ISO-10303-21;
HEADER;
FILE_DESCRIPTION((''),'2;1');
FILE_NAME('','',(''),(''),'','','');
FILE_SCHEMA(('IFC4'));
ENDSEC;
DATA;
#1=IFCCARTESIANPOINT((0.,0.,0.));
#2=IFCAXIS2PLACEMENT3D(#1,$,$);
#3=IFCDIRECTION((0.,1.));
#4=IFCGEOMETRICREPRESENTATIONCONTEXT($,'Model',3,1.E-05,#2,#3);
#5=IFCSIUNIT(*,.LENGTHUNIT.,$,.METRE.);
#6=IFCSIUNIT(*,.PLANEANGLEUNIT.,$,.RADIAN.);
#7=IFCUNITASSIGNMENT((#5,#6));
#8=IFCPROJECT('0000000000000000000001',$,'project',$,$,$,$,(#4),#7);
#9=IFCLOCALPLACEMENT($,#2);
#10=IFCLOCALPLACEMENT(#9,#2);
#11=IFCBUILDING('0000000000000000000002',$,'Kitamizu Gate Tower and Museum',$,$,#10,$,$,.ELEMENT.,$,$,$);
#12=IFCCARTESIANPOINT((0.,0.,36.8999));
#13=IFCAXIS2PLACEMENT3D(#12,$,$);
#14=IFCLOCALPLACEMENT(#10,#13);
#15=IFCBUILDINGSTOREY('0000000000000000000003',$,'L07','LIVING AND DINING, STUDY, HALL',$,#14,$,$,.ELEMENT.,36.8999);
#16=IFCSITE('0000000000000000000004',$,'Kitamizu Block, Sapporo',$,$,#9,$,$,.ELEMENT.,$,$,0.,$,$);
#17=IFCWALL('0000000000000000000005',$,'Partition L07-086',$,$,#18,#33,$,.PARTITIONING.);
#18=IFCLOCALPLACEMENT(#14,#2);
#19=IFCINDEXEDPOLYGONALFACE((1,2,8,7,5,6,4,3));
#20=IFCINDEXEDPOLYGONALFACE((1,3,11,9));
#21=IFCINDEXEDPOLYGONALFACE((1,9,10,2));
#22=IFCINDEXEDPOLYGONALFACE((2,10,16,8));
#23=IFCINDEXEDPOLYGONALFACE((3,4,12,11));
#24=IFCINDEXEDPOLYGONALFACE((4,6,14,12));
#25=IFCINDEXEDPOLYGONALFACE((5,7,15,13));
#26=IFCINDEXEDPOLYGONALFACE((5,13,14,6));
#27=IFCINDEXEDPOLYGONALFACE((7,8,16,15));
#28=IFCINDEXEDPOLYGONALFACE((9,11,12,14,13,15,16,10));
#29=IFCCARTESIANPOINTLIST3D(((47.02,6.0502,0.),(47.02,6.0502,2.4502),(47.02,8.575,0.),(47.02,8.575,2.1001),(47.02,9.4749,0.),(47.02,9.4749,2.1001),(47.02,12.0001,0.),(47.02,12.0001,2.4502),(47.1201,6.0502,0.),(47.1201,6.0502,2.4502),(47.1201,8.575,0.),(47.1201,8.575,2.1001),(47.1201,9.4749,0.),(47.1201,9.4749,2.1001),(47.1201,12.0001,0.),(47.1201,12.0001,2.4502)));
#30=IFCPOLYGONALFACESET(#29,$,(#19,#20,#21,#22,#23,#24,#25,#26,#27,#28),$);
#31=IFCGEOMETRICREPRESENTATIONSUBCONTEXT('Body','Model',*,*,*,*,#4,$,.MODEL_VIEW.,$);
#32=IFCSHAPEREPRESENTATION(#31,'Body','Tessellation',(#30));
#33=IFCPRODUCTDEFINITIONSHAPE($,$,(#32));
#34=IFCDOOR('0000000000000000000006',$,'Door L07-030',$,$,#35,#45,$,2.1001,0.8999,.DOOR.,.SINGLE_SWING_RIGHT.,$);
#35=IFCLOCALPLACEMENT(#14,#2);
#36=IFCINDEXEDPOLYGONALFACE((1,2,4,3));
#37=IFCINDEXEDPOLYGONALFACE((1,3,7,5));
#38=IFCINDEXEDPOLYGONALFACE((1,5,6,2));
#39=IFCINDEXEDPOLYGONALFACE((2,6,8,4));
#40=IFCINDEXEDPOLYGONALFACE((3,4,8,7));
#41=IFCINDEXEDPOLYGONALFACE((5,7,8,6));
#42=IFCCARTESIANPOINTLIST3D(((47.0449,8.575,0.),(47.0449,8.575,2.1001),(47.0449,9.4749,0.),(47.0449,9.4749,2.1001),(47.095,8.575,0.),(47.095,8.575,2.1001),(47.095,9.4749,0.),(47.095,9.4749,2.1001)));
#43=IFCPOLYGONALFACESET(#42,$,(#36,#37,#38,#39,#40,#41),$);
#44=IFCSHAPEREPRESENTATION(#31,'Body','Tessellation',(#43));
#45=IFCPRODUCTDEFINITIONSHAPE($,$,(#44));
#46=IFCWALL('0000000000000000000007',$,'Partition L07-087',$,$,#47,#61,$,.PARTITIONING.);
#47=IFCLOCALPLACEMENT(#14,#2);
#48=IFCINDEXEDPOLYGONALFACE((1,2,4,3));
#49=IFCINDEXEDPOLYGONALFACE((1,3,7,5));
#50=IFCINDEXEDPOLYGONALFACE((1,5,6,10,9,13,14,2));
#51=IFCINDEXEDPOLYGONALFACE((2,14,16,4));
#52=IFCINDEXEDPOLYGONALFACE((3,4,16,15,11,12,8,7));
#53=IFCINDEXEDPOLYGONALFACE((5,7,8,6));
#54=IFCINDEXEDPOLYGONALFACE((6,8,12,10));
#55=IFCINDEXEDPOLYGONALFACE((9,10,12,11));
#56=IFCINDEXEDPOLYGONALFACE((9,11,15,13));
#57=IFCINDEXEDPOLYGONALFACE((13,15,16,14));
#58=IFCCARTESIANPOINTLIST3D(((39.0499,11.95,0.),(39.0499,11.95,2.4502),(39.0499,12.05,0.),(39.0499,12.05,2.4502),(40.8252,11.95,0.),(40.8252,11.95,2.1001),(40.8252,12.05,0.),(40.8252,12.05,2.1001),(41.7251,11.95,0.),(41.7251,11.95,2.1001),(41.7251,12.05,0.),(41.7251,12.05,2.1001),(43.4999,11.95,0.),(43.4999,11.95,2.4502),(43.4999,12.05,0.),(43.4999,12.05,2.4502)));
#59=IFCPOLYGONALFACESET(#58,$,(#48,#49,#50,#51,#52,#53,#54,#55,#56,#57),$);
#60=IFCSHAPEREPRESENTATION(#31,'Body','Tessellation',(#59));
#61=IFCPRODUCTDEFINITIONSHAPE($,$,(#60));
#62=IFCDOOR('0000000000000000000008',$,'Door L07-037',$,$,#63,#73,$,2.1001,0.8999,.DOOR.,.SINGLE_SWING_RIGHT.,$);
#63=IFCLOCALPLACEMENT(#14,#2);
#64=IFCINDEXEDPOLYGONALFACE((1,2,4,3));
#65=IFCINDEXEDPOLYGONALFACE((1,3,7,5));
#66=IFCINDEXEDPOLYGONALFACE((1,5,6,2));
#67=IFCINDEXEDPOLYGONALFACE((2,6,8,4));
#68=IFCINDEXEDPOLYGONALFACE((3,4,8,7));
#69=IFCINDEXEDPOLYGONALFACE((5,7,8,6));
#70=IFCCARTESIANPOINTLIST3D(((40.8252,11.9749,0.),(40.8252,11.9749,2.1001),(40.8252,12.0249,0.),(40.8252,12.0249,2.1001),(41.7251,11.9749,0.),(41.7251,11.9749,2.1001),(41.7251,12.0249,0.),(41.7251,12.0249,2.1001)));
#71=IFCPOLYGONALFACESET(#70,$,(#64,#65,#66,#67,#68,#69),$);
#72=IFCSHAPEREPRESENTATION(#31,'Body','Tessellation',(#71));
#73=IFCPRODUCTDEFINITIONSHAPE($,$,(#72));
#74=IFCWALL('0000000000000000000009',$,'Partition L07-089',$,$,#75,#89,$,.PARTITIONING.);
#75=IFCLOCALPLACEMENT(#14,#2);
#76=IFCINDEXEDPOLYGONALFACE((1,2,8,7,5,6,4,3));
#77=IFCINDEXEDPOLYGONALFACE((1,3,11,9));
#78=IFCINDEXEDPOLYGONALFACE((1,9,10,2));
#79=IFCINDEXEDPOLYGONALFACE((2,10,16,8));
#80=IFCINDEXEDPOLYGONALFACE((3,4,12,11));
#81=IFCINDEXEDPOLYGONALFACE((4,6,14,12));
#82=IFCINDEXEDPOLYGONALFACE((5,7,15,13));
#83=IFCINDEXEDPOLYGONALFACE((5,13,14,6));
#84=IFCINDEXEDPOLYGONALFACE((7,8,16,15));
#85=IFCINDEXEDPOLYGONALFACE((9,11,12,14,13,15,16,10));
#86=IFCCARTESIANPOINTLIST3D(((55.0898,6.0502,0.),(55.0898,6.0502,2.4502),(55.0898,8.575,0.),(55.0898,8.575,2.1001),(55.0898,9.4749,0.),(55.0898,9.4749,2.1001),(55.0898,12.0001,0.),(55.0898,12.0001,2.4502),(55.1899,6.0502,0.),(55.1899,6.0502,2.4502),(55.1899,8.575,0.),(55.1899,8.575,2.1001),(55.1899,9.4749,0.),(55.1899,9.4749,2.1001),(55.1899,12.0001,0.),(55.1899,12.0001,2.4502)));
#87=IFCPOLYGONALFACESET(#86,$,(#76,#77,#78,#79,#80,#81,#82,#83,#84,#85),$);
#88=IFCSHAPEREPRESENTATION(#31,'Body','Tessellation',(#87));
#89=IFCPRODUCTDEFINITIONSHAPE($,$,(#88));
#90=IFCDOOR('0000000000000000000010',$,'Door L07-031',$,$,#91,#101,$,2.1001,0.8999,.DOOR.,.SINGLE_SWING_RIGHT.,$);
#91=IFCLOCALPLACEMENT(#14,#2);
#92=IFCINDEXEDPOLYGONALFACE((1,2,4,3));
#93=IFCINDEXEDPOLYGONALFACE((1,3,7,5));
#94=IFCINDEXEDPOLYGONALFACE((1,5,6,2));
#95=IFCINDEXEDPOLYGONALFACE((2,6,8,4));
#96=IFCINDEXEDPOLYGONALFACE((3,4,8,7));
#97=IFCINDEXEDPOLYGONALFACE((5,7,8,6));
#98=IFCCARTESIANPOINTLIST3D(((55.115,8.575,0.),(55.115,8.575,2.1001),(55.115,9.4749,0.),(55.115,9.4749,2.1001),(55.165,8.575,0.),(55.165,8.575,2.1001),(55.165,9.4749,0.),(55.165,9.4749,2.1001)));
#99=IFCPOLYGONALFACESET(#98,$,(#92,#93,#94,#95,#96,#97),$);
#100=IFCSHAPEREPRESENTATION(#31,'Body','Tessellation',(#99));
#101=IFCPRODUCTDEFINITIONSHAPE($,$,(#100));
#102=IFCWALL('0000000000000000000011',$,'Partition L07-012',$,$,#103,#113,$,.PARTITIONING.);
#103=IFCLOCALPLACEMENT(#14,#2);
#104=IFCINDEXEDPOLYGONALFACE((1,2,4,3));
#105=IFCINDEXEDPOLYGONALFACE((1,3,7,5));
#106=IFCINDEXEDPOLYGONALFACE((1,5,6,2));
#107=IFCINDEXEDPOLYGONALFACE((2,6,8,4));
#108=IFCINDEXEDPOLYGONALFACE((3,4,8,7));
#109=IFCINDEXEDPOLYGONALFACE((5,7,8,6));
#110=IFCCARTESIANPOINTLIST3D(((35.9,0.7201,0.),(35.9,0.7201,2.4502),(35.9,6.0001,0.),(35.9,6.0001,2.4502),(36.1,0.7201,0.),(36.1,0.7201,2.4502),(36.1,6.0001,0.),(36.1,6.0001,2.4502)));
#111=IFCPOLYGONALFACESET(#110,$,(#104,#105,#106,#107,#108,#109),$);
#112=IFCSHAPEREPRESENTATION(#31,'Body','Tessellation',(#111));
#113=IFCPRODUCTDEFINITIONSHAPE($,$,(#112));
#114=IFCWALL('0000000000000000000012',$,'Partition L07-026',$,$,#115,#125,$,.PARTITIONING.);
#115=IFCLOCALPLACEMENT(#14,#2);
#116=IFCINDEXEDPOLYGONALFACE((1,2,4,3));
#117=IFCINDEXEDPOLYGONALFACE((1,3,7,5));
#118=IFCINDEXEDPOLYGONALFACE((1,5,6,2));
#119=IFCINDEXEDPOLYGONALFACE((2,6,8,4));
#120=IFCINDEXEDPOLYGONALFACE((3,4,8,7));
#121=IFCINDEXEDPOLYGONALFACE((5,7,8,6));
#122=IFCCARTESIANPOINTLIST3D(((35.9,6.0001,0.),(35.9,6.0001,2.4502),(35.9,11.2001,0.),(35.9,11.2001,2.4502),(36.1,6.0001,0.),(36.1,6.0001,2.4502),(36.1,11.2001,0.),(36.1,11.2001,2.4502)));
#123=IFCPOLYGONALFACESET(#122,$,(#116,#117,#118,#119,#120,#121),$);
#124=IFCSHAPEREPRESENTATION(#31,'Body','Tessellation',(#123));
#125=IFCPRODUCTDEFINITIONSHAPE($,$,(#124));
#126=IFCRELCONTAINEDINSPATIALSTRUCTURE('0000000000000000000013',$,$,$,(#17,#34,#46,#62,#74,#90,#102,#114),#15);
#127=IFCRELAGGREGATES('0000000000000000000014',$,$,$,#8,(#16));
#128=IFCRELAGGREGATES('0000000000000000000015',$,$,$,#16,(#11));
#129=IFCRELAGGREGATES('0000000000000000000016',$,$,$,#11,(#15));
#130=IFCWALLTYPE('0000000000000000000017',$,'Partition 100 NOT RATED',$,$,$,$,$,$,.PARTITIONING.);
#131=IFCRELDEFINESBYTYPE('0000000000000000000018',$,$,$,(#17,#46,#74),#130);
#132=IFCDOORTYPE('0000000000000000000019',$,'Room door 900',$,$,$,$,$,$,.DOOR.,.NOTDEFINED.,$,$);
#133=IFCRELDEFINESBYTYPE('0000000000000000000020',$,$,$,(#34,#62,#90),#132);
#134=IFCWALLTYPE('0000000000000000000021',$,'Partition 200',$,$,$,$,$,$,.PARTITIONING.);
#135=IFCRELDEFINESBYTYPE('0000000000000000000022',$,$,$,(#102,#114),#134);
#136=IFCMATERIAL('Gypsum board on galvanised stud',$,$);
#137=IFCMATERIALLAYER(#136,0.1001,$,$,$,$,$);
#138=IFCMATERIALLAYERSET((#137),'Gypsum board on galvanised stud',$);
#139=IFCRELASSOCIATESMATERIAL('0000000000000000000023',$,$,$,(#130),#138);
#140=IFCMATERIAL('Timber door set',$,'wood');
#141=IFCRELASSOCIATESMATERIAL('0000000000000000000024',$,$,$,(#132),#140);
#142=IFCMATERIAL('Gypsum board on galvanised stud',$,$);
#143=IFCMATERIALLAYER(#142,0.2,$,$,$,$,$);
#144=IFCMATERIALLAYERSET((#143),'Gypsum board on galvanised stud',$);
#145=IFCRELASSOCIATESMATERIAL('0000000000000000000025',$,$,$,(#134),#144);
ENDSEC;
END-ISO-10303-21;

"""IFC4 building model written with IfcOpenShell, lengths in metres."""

from ifc_helpers import new_model, si_unit, direction, frame, frame_2d, origin, place, context, subcontext, project, spatial, rectangle, extrude, material, layer, layer_set, type_object, element, fill, save


model = new_model("IFC4")

# Units and contexts
model_context = context("Model", 3, precision=1e-05, world=origin(), true_north=direction((0.0, 1.0)))
body_context = subcontext(model_context, "Body", "Model", "MODEL_VIEW")
ifc_project = project(units=[si_unit("LENGTHUNIT", "METRE"), si_unit("PLANEANGLEUNIT", "RADIAN")], contexts=[model_context])

# Site, building, storey
site_placement = place(None, origin())
site = spatial("IfcSite", under=ifc_project, at=site_placement, Name="Kitamizu Block, Sapporo", CompositionType="ELEMENT", RefElevation=0.0)
building_placement = place(site_placement, origin())
building = spatial("IfcBuilding", under=site, at=building_placement, Name="Kitamizu Gate Tower and Museum", CompositionType="ELEMENT")
storey_placement = place(building_placement, frame((0.0, 0.0, 36.8999)))
storey = spatial("IfcBuildingStorey", under=building, at=storey_placement, Name="L07", Description="LIVING AND DINING, STUDY, HALL", CompositionType="ELEMENT", Elevation=36.8999)

# Shared definitions
ifc_material_1 = material(Name="Gypsum board on galvanised stud")
ifc_layer_1 = layer(ifc_material_1, 0.1001)
ifc_layer_set_1 = layer_set([ifc_layer_1], Name="Gypsum board on galvanised stud")
wall_type_1 = type_object("IfcWallType", Name="Partition 100 NOT RATED", PredefinedType="PARTITIONING", material=ifc_layer_set_1)

# Shared definitions
ifc_material_2 = material(Name="Timber door set", Category="wood")
door_type = type_object("IfcDoorType", Name="Room door 900", OperationType="NOTDEFINED", PredefinedType="DOOR", material=ifc_material_2)

# Walls, openings, doors
wall_1_placement = place(storey_placement, frame((47.0701, 6.05, 0.0), z_axis=(0.0, 0.0, 1.0), x_axis=(0.0, 1.0, 0.0)))
wall_1 = element("IfcWall", 1, at=wall_1_placement, inside=storey, type_object=wall_type_1, Name="Partition L07-086", PredefinedType="PARTITIONING", context=body_context, shape_type="SweptSolid", body=[
    extrude(rectangle(XDim=5.95, YDim=0.1001, at=frame_2d((2.9751, 0.0))), origin(), (0.0, 0.0, 1.0), 2.4502),
])
opening_1_placement = place(wall_1_placement, frame((2.5249, 0.0, 0.0)))
opening_1 = element("IfcOpeningElement", 2, at=opening_1_placement, cuts=wall_1, PredefinedType="OPENING", context=body_context, shape_type="SweptSolid", body=[
    extrude(rectangle(XDim=0.8999, YDim=2.1001, at=frame_2d((0.45, 1.05))), frame((0.0, 0.0601, 0.0), z_axis=(0.0, -1.0, 0.0), x_axis=(1.0, 0.0, 0.0)), (0.0, 0.0, 1.0), 0.1201),
])
door_1_placement = place(opening_1_placement, frame((0.8999, 0.0, 0.0), x_axis=(-1.0, 0.0, 0.0)))
door_1 = element("IfcDoor", 3, at=door_1_placement, inside=storey, type_object=door_type, Name="Door L07-030", OperationType="SINGLE_SWING_RIGHT", OverallHeight=2.1001, OverallWidth=0.8999, PredefinedType="DOOR", context=body_context, shape_type="SweptSolid", body=[
    extrude(rectangle(XDim=0.8999, YDim=2.1001, at=frame_2d((0.45, 1.05))), frame((0.0, 0.0249, 0.0), z_axis=(0.0, -1.0, 0.0), x_axis=(1.0, 0.0, 0.0)), (0.0, 0.0, 1.0), 0.05),
])
fill(opening_1, door_1)
wall_2_placement = place(storey_placement, frame((43.5, 12.0, 0.0), z_axis=(0.0, 0.0, 1.0), x_axis=(-1.0, 0.0, 0.0)))
wall_2 = element("IfcWall", 4, at=wall_2_placement, inside=storey, type_object=wall_type_1, Name="Partition L07-087", PredefinedType="PARTITIONING", context=body_context, shape_type="SweptSolid", body=[
    extrude(rectangle(XDim=4.45, YDim=0.1001, at=frame_2d((2.2251, 0.0))), origin(), (0.0, 0.0, 1.0), 2.4502),
])
opening_2_placement = place(wall_2_placement, frame((1.7749, 0.0, 0.0)))
opening_2 = element("IfcOpeningElement", 5, at=opening_2_placement, cuts=wall_2, PredefinedType="OPENING", context=body_context, shape_type="SweptSolid", body=[
    extrude(rectangle(XDim=0.8999, YDim=2.1001, at=frame_2d((0.45, 1.05))), frame((0.0, 0.0601, 0.0), z_axis=(0.0, -1.0, 0.0), x_axis=(1.0, 0.0, 0.0)), (0.0, 0.0, 1.0), 0.1201),
])
door_2_placement = place(opening_2_placement, frame((0.8999, 0.0, 0.0), x_axis=(-1.0, 0.0, 0.0)))
door_2 = element("IfcDoor", 6, at=door_2_placement, inside=storey, type_object=door_type, Name="Door L07-037", OperationType="SINGLE_SWING_RIGHT", OverallHeight=2.1001, OverallWidth=0.8999, PredefinedType="DOOR", context=body_context, shape_type="SweptSolid", body=[
    extrude(rectangle(XDim=0.8999, YDim=2.1001, at=frame_2d((0.45, 1.05))), frame((0.0, 0.0249, 0.0), z_axis=(0.0, -1.0, 0.0), x_axis=(1.0, 0.0, 0.0)), (0.0, 0.0, 1.0), 0.05),
])
fill(opening_2, door_2)
wall_3_placement = place(storey_placement, frame((55.1399, 6.05, 0.0), z_axis=(0.0, 0.0, 1.0), x_axis=(0.0, 1.0, 0.0)))
wall_3 = element("IfcWall", 7, at=wall_3_placement, inside=storey, type_object=wall_type_1, Name="Partition L07-089", PredefinedType="PARTITIONING", context=body_context, shape_type="SweptSolid", body=[
    extrude(rectangle(XDim=5.95, YDim=0.1001, at=frame_2d((2.9751, 0.0))), origin(), (0.0, 0.0, 1.0), 2.4502),
])
opening_3_placement = place(wall_3_placement, frame((2.5249, 0.0, 0.0)))
opening_3 = element("IfcOpeningElement", 8, at=opening_3_placement, cuts=wall_3, PredefinedType="OPENING", context=body_context, shape_type="SweptSolid", body=[
    extrude(rectangle(XDim=0.8999, YDim=2.1001, at=frame_2d((0.45, 1.05))), frame((0.0, 0.0601, 0.0), z_axis=(0.0, -1.0, 0.0), x_axis=(1.0, 0.0, 0.0)), (0.0, 0.0, 1.0), 0.1201),
])
door_3_placement = place(opening_3_placement, origin())
door_3 = element("IfcDoor", 9, at=door_3_placement, inside=storey, type_object=door_type, Name="Door L07-031", OperationType="SINGLE_SWING_RIGHT", OverallHeight=2.1001, OverallWidth=0.8999, PredefinedType="DOOR", context=body_context, shape_type="SweptSolid", body=[
    extrude(rectangle(XDim=0.8999, YDim=2.1001, at=frame_2d((0.45, 1.05))), frame((0.0, 0.0249, 0.0), z_axis=(0.0, -1.0, 0.0), x_axis=(1.0, 0.0, 0.0)), (0.0, 0.0, 1.0), 0.05),
])
fill(opening_3, door_3)

# Walls
ifc_material_3 = material(Name="Gypsum board on galvanised stud")
ifc_layer_2 = layer(ifc_material_3, 0.2)
ifc_layer_set_2 = layer_set([ifc_layer_2], Name="Gypsum board on galvanised stud")
wall_type_2 = type_object("IfcWallType", Name="Partition 200", PredefinedType="PARTITIONING", material=ifc_layer_set_2)
wall_4_placement = place(storey_placement, frame((36.0, 0.72, 0.0), z_axis=(0.0, 0.0, 1.0), x_axis=(0.0, 1.0, 0.0)))
element("IfcWall", 10, at=wall_4_placement, inside=storey, type_object=wall_type_2, Name="Partition L07-012", PredefinedType="PARTITIONING", context=body_context, shape_type="SweptSolid", body=[
    extrude(rectangle(XDim=5.28, YDim=0.2, at=frame_2d((2.6401, 0.0))), origin(), (0.0, 0.0, 1.0), 2.4502),
])
wall_5_placement = place(storey_placement, frame((36.0, 6.0, 0.0), z_axis=(0.0, 0.0, 1.0), x_axis=(0.0, 1.0, 0.0)))
element("IfcWall", 11, at=wall_5_placement, inside=storey, type_object=wall_type_2, Name="Partition L07-026", PredefinedType="PARTITIONING", context=body_context, shape_type="SweptSolid", body=[
    extrude(rectangle(XDim=5.2, YDim=0.2, at=frame_2d((2.6001, 0.0))), origin(), (0.0, 0.0, 1.0), 2.4502),
])

save(model, "model.ifc")
